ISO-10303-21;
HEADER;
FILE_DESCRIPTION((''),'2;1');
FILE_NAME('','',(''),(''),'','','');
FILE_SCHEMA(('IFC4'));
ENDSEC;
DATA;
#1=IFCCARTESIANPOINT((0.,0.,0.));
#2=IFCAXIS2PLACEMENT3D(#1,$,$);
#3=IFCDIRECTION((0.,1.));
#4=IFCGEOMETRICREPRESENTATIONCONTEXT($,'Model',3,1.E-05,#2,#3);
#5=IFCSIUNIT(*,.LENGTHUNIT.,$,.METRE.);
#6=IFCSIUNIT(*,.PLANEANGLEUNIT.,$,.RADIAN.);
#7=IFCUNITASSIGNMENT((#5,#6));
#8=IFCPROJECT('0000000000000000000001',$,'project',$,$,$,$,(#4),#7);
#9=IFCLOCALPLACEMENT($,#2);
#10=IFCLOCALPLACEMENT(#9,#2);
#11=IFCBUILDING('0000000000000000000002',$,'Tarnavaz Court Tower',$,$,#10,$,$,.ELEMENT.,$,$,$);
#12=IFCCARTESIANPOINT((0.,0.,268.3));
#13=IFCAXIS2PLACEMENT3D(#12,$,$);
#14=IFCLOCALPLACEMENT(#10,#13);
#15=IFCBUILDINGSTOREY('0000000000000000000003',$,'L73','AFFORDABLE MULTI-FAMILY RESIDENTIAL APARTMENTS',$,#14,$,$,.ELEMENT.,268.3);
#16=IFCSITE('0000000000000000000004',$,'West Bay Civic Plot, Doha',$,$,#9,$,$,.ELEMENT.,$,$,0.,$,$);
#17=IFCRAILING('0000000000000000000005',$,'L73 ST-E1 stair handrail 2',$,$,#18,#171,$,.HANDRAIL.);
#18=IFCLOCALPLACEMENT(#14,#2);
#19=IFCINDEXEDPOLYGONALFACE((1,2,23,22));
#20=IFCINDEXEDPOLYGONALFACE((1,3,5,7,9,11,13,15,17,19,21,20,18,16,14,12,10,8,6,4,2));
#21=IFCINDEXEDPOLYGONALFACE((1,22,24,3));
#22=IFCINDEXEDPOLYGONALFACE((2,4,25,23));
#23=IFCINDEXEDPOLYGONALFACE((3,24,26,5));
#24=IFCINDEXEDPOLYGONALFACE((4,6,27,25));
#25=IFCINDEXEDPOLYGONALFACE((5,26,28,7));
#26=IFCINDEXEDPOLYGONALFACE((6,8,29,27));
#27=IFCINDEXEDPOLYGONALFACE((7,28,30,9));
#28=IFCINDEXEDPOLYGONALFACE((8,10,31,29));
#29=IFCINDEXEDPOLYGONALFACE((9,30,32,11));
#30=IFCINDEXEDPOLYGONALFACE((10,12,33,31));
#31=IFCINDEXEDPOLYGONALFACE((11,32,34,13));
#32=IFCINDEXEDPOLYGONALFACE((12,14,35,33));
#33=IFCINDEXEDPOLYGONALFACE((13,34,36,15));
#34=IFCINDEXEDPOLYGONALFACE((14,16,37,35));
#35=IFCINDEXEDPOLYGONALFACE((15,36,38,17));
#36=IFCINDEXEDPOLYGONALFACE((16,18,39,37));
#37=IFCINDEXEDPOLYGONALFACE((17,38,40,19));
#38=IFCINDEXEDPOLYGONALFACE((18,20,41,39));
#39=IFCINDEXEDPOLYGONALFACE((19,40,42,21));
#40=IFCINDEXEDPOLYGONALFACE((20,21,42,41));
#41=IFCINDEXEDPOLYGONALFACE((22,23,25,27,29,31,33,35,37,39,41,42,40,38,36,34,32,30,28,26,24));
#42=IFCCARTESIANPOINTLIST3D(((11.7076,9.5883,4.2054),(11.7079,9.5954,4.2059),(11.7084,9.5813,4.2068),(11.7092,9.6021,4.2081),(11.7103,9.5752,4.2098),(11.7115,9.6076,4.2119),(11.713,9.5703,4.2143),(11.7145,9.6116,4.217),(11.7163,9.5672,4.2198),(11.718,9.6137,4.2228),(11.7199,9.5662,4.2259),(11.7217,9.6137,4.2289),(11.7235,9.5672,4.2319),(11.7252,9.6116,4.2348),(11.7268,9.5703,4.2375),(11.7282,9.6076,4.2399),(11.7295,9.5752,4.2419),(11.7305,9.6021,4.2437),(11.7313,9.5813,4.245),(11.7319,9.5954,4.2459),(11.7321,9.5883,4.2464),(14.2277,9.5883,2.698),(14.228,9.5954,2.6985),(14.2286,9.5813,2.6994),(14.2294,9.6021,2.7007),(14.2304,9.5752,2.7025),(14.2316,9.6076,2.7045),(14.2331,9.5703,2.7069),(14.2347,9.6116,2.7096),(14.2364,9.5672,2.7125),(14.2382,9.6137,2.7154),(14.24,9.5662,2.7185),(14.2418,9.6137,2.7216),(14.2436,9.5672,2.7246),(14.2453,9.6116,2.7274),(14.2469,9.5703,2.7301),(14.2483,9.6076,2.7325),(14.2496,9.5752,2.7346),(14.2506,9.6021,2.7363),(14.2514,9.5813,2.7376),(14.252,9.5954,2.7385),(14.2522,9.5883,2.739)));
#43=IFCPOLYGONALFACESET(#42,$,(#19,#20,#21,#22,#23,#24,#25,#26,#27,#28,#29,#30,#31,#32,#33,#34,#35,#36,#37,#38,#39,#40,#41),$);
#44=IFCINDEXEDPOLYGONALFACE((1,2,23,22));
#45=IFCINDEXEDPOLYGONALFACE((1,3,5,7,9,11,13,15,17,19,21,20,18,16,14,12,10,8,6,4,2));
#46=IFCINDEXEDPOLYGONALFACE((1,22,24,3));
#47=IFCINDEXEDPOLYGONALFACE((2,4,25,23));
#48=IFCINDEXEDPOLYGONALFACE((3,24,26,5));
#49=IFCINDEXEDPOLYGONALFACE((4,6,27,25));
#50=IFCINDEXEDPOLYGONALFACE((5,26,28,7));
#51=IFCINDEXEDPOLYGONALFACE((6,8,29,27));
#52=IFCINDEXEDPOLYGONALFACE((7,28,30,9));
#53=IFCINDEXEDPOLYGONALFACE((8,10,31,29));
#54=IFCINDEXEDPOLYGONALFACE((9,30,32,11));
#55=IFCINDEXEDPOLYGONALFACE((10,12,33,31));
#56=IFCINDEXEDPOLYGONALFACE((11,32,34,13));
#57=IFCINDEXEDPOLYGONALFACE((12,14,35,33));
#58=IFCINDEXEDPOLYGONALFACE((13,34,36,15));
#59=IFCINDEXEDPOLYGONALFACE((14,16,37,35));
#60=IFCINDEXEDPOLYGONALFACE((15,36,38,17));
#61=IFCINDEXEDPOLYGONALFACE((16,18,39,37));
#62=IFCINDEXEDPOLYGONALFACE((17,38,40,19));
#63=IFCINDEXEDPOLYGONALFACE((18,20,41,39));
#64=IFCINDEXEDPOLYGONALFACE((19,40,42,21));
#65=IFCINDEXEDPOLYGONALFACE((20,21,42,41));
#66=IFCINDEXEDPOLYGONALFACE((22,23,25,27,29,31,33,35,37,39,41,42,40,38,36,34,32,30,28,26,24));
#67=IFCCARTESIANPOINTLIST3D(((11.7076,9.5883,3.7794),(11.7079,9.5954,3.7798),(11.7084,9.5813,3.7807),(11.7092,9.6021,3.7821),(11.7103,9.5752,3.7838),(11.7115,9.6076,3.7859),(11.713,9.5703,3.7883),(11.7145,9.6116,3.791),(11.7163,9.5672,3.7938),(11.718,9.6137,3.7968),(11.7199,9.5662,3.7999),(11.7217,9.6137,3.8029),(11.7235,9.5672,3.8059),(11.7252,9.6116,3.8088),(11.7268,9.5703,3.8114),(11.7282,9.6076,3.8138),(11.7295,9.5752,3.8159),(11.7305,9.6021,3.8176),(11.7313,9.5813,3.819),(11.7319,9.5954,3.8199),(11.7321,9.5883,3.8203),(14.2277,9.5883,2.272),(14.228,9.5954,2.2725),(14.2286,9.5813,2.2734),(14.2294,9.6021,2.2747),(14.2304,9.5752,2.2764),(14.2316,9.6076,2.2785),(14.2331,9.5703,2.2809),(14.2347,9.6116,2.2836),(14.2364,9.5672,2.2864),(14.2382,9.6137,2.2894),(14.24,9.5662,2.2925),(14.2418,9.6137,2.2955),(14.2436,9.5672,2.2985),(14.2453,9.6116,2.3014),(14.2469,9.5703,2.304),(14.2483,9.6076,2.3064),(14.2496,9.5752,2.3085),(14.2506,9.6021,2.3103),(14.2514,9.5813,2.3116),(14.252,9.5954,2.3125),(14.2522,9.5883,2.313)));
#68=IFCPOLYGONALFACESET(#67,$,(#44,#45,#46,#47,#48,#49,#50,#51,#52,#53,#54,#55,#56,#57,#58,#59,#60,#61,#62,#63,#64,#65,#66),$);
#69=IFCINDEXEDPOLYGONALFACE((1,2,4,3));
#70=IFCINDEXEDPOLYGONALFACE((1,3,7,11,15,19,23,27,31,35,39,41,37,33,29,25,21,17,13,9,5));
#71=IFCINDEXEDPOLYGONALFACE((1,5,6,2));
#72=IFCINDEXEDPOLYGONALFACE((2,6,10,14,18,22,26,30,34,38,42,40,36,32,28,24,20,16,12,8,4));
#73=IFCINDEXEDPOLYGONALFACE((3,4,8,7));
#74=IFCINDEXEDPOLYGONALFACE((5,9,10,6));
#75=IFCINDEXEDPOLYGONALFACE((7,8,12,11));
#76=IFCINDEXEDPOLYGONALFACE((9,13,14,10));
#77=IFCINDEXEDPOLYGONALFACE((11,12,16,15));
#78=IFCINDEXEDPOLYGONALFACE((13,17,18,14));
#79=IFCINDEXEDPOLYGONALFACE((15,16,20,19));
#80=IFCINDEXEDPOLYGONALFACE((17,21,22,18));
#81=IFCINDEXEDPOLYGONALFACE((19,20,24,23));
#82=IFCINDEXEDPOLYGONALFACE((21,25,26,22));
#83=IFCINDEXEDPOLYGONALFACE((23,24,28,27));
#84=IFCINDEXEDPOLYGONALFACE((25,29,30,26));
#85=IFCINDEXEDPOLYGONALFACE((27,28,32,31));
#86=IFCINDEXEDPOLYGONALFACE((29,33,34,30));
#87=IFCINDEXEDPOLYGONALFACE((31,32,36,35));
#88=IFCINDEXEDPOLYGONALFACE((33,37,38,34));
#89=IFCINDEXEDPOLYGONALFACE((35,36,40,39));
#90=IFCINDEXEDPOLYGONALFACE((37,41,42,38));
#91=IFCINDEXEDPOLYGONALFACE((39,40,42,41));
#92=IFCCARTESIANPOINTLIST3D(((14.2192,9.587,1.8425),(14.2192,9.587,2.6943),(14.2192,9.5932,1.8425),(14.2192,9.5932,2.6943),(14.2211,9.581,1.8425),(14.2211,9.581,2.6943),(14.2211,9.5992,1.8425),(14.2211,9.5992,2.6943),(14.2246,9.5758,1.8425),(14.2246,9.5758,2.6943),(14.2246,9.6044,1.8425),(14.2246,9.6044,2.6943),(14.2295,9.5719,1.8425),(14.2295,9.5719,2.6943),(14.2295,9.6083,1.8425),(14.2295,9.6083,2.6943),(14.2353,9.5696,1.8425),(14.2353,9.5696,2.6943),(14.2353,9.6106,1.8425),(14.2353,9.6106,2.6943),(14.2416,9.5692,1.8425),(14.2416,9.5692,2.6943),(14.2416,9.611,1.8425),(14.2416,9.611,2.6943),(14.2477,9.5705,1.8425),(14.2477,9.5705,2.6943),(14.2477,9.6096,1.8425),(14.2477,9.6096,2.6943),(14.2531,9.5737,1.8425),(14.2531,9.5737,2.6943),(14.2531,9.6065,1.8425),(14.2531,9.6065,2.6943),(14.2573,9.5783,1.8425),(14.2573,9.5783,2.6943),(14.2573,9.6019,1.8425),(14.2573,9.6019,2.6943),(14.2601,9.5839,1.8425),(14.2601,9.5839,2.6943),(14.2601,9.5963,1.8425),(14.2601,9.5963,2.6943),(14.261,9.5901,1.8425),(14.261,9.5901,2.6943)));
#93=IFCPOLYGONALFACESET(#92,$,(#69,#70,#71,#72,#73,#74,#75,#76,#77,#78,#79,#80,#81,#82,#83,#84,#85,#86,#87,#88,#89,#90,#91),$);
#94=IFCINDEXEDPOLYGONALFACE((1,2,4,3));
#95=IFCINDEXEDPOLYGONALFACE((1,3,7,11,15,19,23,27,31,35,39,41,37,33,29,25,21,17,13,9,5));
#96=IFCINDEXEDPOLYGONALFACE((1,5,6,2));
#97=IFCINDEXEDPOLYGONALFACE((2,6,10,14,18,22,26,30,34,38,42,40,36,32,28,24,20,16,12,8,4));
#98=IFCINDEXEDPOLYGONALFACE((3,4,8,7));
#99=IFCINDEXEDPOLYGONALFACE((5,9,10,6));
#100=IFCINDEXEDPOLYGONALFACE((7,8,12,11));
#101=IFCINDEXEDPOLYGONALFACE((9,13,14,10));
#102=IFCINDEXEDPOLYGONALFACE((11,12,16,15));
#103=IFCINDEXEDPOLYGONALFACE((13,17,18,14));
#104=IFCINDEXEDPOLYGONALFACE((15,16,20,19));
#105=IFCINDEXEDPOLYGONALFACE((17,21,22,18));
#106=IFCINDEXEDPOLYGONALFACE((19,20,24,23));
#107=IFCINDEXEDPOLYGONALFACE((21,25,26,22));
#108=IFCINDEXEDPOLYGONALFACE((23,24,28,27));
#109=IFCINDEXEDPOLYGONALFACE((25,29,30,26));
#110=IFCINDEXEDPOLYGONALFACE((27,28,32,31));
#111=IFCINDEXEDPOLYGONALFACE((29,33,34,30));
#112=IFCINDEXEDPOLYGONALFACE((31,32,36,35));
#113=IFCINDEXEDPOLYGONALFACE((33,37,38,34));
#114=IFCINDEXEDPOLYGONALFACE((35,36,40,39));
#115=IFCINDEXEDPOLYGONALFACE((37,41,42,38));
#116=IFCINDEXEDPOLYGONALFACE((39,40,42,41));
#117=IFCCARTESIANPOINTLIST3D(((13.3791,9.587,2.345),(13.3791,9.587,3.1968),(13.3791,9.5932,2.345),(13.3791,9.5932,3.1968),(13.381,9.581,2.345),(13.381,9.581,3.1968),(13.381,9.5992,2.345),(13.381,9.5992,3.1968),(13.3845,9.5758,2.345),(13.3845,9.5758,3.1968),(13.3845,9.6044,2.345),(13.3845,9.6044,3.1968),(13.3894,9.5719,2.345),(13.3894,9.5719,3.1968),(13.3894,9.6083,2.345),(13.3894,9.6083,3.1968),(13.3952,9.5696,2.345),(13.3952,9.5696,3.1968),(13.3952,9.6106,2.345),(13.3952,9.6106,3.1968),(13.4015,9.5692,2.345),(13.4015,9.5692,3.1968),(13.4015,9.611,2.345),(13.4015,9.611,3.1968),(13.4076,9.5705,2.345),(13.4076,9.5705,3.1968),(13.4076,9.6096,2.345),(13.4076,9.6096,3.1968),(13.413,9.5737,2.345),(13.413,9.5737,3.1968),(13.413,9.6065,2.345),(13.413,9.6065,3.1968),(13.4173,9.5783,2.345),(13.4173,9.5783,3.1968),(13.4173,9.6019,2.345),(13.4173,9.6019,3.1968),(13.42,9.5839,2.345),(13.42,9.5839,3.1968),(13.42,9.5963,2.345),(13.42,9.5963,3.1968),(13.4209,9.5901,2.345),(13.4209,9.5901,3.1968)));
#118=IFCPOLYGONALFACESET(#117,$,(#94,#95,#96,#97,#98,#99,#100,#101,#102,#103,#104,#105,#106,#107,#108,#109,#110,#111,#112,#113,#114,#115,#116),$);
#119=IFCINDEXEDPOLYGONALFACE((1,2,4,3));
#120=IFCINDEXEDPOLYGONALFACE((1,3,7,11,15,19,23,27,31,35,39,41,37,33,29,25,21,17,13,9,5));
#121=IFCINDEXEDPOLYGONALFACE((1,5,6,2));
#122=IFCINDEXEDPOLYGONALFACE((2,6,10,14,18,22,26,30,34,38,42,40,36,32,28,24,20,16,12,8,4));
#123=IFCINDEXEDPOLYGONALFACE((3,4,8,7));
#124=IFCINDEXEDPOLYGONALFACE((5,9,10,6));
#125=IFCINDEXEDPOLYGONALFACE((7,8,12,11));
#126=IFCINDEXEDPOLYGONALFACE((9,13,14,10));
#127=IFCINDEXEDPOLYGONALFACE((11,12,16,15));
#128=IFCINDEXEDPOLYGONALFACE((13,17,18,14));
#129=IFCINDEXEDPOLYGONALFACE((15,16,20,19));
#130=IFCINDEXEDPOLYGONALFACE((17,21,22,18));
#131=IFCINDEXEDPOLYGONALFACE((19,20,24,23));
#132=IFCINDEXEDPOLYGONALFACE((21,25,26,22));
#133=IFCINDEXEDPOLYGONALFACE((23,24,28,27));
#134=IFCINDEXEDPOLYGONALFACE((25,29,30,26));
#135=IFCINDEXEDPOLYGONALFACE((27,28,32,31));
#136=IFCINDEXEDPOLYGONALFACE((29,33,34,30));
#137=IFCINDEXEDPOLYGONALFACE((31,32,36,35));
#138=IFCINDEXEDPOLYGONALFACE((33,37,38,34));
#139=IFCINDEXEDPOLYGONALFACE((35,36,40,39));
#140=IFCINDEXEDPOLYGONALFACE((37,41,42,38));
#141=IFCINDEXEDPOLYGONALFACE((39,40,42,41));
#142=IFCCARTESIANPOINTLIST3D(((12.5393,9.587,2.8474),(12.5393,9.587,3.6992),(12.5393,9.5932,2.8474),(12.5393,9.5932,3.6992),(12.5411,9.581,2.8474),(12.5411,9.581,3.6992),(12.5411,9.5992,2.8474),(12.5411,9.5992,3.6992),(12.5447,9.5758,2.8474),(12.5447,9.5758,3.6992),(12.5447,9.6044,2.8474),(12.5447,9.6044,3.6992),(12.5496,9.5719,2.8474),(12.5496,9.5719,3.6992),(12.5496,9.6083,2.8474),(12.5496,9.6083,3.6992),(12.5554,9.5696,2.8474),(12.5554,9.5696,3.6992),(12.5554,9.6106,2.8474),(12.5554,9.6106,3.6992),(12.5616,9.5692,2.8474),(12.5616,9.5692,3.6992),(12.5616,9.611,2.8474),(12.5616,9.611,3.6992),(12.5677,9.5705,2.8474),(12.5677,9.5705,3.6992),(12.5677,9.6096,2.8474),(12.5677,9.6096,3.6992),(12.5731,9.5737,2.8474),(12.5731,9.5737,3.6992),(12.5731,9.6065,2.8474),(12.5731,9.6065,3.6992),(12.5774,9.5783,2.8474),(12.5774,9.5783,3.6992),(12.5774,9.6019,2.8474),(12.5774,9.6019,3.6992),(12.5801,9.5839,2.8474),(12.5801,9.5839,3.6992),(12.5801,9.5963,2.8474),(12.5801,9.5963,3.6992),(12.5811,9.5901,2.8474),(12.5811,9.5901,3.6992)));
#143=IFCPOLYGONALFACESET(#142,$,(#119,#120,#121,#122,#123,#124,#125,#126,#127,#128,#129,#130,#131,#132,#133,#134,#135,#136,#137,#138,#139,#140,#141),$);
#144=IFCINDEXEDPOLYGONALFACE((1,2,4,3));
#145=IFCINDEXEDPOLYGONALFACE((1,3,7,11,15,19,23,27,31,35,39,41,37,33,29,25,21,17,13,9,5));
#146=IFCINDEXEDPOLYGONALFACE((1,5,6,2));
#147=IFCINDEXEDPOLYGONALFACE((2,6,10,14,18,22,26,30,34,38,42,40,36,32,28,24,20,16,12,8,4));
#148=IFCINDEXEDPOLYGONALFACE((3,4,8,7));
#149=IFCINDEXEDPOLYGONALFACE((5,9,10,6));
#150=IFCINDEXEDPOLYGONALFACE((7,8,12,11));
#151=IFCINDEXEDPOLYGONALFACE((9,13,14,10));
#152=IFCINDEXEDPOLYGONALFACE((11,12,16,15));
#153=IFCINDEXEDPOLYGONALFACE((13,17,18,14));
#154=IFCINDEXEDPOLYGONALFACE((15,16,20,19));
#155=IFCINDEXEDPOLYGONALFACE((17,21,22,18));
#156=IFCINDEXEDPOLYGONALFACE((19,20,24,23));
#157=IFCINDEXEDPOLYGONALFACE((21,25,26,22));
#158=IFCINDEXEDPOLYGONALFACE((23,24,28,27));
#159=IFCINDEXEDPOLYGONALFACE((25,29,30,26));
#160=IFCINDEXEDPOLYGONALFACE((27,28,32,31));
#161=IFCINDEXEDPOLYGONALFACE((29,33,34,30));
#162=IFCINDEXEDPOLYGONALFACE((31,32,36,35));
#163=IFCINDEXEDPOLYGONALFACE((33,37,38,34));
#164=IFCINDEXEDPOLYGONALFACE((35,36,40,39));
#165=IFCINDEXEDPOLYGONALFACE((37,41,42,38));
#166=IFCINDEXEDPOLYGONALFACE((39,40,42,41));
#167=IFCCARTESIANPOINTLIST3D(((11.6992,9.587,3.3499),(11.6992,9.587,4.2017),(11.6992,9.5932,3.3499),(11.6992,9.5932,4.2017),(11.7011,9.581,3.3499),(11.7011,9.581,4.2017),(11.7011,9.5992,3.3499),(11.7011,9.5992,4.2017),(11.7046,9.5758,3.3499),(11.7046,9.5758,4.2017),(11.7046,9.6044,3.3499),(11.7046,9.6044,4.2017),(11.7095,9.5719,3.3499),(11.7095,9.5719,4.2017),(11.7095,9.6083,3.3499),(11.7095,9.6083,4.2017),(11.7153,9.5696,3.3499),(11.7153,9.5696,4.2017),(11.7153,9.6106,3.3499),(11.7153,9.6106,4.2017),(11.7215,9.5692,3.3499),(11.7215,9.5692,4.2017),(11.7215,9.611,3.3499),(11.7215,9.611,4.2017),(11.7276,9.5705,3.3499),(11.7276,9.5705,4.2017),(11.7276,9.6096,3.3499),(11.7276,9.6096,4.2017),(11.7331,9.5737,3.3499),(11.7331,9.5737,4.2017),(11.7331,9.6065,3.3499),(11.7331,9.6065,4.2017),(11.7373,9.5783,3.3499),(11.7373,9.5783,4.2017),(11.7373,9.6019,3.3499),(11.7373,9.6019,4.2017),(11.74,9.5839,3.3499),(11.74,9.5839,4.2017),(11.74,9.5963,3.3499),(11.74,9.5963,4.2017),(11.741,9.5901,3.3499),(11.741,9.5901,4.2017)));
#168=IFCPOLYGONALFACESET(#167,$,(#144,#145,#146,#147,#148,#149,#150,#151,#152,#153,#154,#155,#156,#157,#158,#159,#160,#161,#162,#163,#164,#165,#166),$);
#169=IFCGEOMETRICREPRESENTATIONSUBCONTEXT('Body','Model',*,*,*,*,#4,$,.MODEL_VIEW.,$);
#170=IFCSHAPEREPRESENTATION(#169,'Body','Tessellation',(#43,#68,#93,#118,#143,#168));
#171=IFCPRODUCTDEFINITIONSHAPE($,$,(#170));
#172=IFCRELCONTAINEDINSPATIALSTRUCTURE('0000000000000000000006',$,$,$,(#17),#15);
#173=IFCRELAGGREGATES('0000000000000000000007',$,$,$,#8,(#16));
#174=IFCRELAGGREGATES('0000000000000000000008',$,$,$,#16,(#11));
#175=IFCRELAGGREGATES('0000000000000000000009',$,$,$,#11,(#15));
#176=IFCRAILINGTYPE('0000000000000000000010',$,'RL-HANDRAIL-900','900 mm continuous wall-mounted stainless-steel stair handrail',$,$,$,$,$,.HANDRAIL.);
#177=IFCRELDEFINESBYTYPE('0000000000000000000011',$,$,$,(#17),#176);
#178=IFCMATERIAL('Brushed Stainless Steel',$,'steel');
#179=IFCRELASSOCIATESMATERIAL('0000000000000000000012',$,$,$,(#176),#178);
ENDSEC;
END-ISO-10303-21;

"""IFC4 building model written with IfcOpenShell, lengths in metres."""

from ifc_helpers import new_model, si_unit, direction, frame, origin, origin_2d, place, context, subcontext, project, spatial, circle, extrude, material, type_object, element, save


model = new_model("IFC4")

# Units and contexts
model_context = context("Model", 3, precision=1e-05, world=origin(), true_north=direction((0.0, 1.0)))
body_context = subcontext(model_context, "Body", "Model", "MODEL_VIEW")
ifc_project = project(units=[si_unit("LENGTHUNIT", "METRE"), si_unit("PLANEANGLEUNIT", "RADIAN")], contexts=[model_context])

# Site, building, storey
site_placement = place(None, origin())
site = spatial("IfcSite", under=ifc_project, at=site_placement, Name="West Bay Civic Plot, Doha", CompositionType="ELEMENT", RefElevation=0.0)
building_placement = place(site_placement, origin())
building = spatial("IfcBuilding", under=site, at=building_placement, Name="Tarnavaz Court Tower", CompositionType="ELEMENT")
storey_placement = place(building_placement, frame((0.0, 0.0, 268.3)))
storey = spatial("IfcBuildingStorey", under=building, at=storey_placement, Name="L73", Description="AFFORDABLE MULTI-FAMILY RESIDENTIAL APARTMENTS", CompositionType="ELEMENT", Elevation=268.3)

# Railing
ifc_material_1 = material(Name="Brushed Stainless Steel", Category="steel")
railing_type = type_object("IfcRailingType", Name="RL-HANDRAIL-900", Description="900 mm continuous wall-mounted stainless-steel stair handrail", PredefinedType="HANDRAIL", material=ifc_material_1)
railing_placement = place(storey_placement, frame((14.24, 9.5901, 1.8425)))
element("IfcRailing", 1, at=railing_placement, inside=storey, type_object=railing_type, Name="L73 ST-E1 stair handrail 2", PredefinedType="HANDRAIL", context=body_context, shape_type="SweptSolid", body=[
    extrude(circle(Radius=0.0239, at=origin_2d()), frame((0.0, 0.0, 0.876), z_axis=(-0.858196, 0.0, 0.513321), x_axis=(0.0, -1.0, 0.0)), (0.0, 0.0, 1.0), 2.9365),
    extrude(circle(Radius=0.0239, at=origin_2d()), frame((0.0, 0.0, 0.45), z_axis=(-0.858196, 0.0, 0.513321), x_axis=(0.0, -1.0, 0.0)), (0.0, 0.0, 1.0), 2.9365),
    extrude(circle(Radius=0.021, at=origin_2d()), origin(), (0.0, 0.0, 1.0), 0.8518),
    extrude(circle(Radius=0.021, at=origin_2d()), frame((-0.8401, 0.0, 0.5024)), (0.0, 0.0, 1.0), 0.8518),
    extrude(circle(Radius=0.021, at=origin_2d()), frame((-1.6799, 0.0, 1.0049)), (0.0, 0.0, 1.0), 0.8518),
    extrude(circle(Radius=0.021, at=origin_2d()), frame((-2.52, 0.0, 1.5073)), (0.0, 0.0, 1.0), 0.8518),
])

save(model, "model.ifc")
